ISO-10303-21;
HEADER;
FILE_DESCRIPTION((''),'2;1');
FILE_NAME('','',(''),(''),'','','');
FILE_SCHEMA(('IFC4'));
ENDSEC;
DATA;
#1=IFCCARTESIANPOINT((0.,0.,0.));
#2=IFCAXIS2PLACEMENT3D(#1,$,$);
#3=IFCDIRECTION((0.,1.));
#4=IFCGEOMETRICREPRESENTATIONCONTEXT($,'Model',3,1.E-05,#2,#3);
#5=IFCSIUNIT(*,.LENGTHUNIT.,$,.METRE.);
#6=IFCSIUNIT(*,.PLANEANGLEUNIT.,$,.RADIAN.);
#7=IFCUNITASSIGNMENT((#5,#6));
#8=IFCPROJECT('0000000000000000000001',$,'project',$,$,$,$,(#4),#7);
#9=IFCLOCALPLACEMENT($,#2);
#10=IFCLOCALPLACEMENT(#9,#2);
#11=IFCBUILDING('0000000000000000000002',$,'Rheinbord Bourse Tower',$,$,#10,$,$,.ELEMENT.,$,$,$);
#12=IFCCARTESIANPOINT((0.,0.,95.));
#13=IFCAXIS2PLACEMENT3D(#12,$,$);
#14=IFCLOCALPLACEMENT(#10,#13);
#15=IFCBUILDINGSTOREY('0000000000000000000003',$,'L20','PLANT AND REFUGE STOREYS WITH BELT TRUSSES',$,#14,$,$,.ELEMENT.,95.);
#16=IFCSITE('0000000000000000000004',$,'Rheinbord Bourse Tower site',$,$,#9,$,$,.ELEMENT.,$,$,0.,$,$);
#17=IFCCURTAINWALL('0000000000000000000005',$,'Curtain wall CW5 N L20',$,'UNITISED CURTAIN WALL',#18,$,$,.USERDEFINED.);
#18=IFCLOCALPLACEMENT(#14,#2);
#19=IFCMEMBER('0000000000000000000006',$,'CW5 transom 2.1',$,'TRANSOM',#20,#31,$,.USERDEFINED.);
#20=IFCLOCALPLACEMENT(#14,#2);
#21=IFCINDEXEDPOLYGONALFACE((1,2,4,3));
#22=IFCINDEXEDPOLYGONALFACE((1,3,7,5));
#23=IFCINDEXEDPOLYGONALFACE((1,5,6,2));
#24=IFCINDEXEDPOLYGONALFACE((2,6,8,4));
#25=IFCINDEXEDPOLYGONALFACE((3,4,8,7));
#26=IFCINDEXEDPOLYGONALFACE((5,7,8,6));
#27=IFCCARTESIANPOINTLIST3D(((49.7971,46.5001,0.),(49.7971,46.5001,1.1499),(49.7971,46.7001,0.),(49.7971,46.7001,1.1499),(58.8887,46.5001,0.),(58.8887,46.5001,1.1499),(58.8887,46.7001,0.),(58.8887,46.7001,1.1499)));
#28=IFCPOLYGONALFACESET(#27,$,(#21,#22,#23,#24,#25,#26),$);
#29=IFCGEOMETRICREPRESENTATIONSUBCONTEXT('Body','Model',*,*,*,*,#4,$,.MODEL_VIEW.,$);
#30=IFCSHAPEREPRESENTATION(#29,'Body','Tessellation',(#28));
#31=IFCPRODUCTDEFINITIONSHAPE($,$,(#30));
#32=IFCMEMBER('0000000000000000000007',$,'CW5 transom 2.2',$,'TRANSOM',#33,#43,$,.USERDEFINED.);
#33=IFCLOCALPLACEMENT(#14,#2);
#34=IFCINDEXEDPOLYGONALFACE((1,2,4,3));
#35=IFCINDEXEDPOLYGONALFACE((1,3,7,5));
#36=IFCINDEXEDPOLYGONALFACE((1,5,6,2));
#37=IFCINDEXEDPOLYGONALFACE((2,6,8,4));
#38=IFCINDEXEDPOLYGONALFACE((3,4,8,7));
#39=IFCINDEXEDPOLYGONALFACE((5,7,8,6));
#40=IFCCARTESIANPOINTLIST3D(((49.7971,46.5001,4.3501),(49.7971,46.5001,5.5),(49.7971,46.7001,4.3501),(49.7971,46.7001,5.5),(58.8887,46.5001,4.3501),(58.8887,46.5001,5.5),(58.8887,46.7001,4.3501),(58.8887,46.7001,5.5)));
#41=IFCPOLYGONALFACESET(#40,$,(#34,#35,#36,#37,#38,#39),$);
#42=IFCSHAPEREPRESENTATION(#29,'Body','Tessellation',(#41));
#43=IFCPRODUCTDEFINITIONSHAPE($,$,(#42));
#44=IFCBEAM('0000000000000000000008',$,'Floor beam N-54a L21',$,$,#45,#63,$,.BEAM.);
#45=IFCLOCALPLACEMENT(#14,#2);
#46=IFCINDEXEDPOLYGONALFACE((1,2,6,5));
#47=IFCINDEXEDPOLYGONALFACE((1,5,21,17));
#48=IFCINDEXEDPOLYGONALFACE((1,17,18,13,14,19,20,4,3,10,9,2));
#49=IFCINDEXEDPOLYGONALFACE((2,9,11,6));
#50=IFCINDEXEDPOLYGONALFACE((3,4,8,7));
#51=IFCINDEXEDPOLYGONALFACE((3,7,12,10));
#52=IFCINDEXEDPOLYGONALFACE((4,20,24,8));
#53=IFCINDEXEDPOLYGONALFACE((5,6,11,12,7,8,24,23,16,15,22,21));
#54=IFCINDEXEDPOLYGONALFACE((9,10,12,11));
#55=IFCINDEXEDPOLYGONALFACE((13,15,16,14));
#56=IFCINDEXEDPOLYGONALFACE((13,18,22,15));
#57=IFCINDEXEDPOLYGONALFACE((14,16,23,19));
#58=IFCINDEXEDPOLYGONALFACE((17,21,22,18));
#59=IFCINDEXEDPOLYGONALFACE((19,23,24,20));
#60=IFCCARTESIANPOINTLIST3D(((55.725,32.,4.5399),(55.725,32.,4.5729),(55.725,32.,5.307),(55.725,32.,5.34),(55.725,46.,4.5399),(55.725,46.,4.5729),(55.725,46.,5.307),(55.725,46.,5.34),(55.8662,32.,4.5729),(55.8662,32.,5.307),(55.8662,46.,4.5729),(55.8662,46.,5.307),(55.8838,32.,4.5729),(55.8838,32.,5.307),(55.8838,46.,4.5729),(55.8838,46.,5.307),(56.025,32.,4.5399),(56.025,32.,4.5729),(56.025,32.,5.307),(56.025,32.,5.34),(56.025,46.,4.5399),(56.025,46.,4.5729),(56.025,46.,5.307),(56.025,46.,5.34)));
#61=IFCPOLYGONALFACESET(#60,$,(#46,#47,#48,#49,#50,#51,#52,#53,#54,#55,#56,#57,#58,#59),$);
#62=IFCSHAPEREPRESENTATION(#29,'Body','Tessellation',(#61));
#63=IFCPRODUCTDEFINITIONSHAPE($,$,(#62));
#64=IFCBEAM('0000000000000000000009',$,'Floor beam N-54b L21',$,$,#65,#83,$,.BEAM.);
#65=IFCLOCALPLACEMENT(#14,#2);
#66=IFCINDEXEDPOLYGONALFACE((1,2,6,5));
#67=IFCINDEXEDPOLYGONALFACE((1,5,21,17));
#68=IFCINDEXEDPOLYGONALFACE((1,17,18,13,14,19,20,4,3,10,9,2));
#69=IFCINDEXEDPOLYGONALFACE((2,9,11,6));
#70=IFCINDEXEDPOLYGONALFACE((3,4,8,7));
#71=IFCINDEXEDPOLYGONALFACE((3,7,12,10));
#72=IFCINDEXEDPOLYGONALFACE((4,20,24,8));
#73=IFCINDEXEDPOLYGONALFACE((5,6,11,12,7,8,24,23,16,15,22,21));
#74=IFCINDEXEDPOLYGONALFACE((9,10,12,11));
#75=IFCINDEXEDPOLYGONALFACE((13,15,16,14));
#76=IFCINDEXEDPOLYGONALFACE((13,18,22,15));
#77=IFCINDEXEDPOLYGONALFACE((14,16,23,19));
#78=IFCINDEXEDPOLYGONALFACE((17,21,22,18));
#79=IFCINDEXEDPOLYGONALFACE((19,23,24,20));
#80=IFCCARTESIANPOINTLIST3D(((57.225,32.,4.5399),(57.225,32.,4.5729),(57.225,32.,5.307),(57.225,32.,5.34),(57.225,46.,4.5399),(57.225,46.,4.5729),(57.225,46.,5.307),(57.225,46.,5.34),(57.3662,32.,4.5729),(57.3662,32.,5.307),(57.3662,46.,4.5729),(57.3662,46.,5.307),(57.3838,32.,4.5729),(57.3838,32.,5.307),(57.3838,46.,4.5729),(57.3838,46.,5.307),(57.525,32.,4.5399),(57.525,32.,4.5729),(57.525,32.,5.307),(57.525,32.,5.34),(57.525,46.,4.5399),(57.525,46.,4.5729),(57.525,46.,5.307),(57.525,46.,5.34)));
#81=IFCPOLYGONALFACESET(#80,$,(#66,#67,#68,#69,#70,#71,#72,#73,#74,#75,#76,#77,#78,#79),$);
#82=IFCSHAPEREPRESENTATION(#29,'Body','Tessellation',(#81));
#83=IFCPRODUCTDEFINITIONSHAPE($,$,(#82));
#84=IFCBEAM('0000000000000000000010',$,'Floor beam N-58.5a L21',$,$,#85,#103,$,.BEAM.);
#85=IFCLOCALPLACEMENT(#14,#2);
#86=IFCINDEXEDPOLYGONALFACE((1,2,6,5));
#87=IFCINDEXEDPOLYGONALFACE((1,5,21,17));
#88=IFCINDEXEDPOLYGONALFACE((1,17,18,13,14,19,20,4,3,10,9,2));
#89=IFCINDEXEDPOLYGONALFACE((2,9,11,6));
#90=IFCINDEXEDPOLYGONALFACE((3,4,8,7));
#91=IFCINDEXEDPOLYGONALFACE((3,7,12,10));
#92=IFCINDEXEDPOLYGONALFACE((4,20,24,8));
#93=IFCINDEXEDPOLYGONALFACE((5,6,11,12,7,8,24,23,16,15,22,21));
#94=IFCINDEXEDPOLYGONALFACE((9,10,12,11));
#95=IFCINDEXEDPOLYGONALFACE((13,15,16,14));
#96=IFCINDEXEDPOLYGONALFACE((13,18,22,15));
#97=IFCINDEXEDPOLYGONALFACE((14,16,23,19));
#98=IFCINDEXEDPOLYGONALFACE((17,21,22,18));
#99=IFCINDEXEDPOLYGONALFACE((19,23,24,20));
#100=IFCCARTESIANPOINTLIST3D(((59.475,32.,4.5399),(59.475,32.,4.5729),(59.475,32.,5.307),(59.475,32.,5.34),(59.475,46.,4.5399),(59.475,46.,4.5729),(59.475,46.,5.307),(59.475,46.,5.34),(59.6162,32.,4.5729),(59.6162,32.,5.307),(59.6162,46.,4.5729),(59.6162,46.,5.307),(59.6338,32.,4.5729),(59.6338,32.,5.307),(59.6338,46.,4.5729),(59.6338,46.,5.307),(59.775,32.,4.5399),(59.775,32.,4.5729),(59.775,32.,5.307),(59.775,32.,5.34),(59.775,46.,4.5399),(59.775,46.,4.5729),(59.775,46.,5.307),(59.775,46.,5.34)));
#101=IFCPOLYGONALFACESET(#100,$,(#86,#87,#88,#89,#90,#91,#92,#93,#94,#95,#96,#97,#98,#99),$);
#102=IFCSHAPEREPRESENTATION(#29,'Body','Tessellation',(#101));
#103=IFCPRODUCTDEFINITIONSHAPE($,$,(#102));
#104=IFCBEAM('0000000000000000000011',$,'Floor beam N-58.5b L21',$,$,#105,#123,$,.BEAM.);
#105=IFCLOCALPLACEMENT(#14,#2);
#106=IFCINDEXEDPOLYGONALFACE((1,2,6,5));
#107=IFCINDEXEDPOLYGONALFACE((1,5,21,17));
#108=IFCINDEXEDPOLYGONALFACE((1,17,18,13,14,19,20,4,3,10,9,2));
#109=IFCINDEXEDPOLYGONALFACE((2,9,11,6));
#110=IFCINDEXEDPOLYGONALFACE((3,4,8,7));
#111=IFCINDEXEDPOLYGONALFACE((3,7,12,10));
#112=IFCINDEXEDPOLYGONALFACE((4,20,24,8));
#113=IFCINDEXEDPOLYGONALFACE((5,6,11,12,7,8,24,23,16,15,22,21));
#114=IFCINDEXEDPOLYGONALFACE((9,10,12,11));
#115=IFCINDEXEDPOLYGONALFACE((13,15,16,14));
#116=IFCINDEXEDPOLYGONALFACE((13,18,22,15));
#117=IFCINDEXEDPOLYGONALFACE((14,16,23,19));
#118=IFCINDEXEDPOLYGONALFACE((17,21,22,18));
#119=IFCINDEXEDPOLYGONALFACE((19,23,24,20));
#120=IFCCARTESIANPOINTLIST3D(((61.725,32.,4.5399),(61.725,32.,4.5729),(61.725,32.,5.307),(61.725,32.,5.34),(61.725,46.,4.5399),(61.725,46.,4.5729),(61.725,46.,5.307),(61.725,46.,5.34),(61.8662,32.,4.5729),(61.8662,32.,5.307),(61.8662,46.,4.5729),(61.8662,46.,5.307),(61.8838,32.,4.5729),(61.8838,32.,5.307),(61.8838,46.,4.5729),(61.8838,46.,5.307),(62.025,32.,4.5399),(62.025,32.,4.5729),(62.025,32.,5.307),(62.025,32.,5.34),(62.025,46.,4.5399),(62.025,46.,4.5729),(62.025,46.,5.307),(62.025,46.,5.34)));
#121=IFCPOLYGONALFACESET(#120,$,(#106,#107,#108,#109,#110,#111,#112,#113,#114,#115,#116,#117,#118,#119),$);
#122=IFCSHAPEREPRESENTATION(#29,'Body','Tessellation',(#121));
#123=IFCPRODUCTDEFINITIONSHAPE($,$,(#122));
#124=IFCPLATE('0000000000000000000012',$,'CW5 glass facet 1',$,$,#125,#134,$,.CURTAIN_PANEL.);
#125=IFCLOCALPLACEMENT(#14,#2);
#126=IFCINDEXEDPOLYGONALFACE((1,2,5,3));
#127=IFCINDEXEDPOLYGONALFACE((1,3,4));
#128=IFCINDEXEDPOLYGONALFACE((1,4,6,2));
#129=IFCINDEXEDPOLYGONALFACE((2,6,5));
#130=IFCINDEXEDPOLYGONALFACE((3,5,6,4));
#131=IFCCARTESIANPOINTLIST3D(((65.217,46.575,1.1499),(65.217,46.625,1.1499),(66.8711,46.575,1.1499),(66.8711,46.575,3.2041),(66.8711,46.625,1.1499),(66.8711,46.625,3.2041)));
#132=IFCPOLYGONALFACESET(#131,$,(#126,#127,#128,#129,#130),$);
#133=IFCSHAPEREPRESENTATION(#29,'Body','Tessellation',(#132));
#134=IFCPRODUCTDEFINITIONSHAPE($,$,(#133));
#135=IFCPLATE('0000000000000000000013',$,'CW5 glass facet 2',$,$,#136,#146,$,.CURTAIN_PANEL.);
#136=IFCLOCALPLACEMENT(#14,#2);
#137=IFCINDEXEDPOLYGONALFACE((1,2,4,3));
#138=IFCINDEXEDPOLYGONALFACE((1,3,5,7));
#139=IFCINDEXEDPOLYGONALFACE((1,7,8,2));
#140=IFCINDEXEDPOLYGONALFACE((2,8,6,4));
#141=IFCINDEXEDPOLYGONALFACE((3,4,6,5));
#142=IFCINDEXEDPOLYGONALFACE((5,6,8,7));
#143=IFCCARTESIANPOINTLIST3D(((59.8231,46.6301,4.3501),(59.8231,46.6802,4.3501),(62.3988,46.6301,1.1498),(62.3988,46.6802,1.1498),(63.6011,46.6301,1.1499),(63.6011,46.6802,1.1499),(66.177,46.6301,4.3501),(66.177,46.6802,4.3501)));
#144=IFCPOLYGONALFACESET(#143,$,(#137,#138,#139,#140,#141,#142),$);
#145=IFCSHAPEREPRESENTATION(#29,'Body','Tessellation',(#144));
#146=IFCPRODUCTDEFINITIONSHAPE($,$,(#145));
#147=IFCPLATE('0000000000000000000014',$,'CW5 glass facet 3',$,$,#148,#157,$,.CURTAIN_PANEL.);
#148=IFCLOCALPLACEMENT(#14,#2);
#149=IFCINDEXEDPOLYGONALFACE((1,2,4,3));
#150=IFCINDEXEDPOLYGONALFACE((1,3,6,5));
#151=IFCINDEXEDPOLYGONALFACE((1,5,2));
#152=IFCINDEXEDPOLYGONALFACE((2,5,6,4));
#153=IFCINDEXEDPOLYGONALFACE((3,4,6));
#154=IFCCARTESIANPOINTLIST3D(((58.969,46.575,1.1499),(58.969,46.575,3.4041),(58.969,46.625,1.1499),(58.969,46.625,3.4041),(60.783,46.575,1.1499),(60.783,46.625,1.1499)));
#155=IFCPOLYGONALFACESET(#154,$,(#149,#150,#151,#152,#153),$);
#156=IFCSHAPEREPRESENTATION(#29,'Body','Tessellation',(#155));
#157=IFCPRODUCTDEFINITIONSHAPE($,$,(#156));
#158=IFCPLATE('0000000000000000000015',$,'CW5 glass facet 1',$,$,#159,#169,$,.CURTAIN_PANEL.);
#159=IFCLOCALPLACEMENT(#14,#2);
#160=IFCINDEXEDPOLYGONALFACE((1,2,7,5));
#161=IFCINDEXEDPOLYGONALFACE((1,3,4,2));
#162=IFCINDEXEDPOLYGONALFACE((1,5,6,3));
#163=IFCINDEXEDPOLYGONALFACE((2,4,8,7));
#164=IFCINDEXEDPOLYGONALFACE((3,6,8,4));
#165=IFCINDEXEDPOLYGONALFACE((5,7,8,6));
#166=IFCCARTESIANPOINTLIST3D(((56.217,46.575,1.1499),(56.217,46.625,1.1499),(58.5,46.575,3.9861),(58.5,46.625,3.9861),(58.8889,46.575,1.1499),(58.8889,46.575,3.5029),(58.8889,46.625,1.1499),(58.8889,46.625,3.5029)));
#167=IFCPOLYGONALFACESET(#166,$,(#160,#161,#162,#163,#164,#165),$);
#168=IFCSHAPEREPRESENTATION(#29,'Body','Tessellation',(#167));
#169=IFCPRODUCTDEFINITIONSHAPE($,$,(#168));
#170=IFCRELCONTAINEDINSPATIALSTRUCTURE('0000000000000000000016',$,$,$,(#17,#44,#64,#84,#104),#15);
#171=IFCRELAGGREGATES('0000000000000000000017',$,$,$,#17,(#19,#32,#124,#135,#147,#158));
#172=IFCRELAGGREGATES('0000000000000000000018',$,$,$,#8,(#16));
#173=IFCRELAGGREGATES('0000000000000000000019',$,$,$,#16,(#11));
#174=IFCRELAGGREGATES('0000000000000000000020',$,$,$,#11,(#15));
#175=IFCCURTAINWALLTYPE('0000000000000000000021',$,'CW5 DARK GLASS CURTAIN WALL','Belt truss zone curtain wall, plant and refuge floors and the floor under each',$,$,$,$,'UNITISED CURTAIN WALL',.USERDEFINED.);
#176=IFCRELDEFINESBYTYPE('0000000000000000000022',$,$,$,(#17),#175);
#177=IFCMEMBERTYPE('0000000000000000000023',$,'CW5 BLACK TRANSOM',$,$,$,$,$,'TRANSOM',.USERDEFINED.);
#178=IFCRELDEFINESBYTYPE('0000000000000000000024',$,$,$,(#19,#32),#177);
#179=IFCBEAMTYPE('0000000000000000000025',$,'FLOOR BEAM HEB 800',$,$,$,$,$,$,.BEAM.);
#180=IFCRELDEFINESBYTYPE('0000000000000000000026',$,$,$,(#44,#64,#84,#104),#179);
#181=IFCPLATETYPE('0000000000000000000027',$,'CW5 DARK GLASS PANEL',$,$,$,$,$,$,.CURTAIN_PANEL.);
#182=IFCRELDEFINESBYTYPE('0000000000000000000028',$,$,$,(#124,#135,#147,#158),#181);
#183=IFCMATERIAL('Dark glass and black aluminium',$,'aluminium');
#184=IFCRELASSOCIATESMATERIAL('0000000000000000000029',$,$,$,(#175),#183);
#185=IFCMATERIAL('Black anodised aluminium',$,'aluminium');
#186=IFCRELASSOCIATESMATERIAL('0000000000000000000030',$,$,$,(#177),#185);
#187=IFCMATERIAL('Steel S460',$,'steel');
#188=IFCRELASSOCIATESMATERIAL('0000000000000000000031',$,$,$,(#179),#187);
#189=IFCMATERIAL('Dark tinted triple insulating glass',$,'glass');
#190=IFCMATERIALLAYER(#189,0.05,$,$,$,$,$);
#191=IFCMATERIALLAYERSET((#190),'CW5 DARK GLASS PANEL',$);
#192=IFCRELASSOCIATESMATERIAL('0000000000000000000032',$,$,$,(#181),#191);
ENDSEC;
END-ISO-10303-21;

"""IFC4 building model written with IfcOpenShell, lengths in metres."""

from ifc_helpers import new_model, si_unit, direction, frame, origin, origin_2d, place, context, subcontext, project, spatial, polyline, rectangle, i_section, outline, extrude, material, layer, layer_set, material_profile, profile_set, type_object, element, aggregate, save


model = new_model("IFC4")

# Units and contexts
model_context = context("Model", 3, precision=1e-05, world=origin(), true_north=direction((0.0, 1.0)))
body_context = subcontext(model_context, "Body", "Model", "MODEL_VIEW")
ifc_project = project(units=[si_unit("LENGTHUNIT", "METRE"), si_unit("PLANEANGLEUNIT", "RADIAN")], contexts=[model_context])

# Site, building, storey
site_placement = place(None, origin())
site = spatial("IfcSite", under=ifc_project, at=site_placement, Name="Rheinbord Bourse Tower site", CompositionType="ELEMENT", RefElevation=0.0)
building_placement = place(site_placement, origin())
building = spatial("IfcBuilding", under=site, at=building_placement, Name="Rheinbord Bourse Tower", CompositionType="ELEMENT")
storey_placement = place(building_placement, frame((0.0, 0.0, 95.0)))
storey = spatial("IfcBuildingStorey", under=building, at=storey_placement, Name="L20", Description="PLANT AND REFUGE STOREYS WITH BELT TRUSSES", CompositionType="ELEMENT", Elevation=95.0)

# Curtain wall, members
ifc_material_1 = material(Name="Dark glass and black aluminium", Category="aluminium")
curtain_wall_type = type_object("IfcCurtainWallType", Name="CW5 DARK GLASS CURTAIN WALL", Description="Belt truss zone curtain wall, plant and refuge floors and the floor under each", ElementType="UNITISED CURTAIN WALL", PredefinedType="USERDEFINED", material=ifc_material_1)
curtain_wall_placement = place(storey_placement, origin())
curtain_wall = element("IfcCurtainWall", 1, at=curtain_wall_placement, inside=storey, type_object=curtain_wall_type, Name="Curtain wall CW5 N L20", ObjectType="UNITISED CURTAIN WALL", PredefinedType="USERDEFINED")
ifc_material_2 = material(Name="Black anodised aluminium", Category="aluminium")
ifc_material_profile_1 = material_profile(ifc_material_2, rectangle(XDim=0.2, YDim=1.1499, at=origin_2d()), Name="CW5 TRANSOM 1150x200")
ifc_profile_set_1 = profile_set([ifc_material_profile_1], Name="Black anodised aluminium")
member_type_1 = type_object("IfcMemberType", Name="CW5 BLACK TRANSOM", ElementType="TRANSOM", PredefinedType="USERDEFINED", material=ifc_profile_set_1)
member_1_placement = place(storey_placement, frame((58.8887, 46.6001, 0.575), z_axis=(-1.0, 0.0, 0.0), x_axis=(0.0, -1.0, 0.0)))
member_1 = element("IfcMember", 2, at=member_1_placement, type_object=member_type_1, Name="CW5 transom 2.1", ObjectType="TRANSOM", PredefinedType="USERDEFINED", context=body_context, shape_type="SweptSolid", body=[
    extrude(rectangle(XDim=0.2, YDim=1.1499, at=origin_2d()), origin(), (0.0, 0.0, 1.0), 9.0916),
])
member_2_placement = place(storey_placement, frame((58.8887, 46.6001, 4.925), z_axis=(-1.0, 0.0, 0.0), x_axis=(0.0, -1.0, 0.0)))
member_2 = element("IfcMember", 3, at=member_2_placement, type_object=member_type_1, Name="CW5 transom 2.2", ObjectType="TRANSOM", PredefinedType="USERDEFINED", context=body_context, shape_type="SweptSolid", body=[
    extrude(rectangle(XDim=0.2, YDim=1.1499, at=origin_2d()), origin(), (0.0, 0.0, 1.0), 9.0916),
])

# Beams
ifc_material_3 = material(Name="Steel S460", Category="steel")
ifc_material_profile_2 = material_profile(ifc_material_3, i_section(OverallWidth=0.3, OverallDepth=0.8, WebThickness=0.0176, FlangeThickness=0.033, at=origin_2d()), Name="HEB 800")
ifc_profile_set_2 = profile_set([ifc_material_profile_2], Name="Steel S460")
beam_type_1 = type_object("IfcBeamType", Name="FLOOR BEAM HEB 800", PredefinedType="BEAM", material=ifc_profile_set_2)
for number, where, z_axis, x_axis, name in (
    (4, (55.875, 46.0, 4.9399), (0.0, -1.0, 0.0), (1.0, 0.0, 0.0), "Floor beam N-54a L21"),
    (5, (57.375, 46.0, 4.9399), (0.0, -1.0, 0.0), (1.0, 0.0, 0.0), "Floor beam N-54b L21"),
    (6, (59.625, 46.0, 4.9399), (0.0, -1.0, 0.0), (1.0, 0.0, 0.0), "Floor beam N-58.5a L21"),
    (7, (61.875, 46.0, 4.9399), (0.0, -1.0, 0.0), (1.0, 0.0, 0.0), "Floor beam N-58.5b L21"),
):
    element("IfcBeam", number, at=place(storey_placement, frame(where, z_axis=z_axis, x_axis=x_axis)), inside=storey, type_object=beam_type_1, Name=name, PredefinedType="BEAM", context=body_context, shape_type="SweptSolid", body=[
        extrude(i_section(OverallWidth=0.3, OverallDepth=0.8, WebThickness=0.0176, FlangeThickness=0.033, at=origin_2d()), origin(), (0.0, 0.0, 1.0), 14.0),
    ])

# Plates
ifc_material_4 = material(Name="Dark tinted triple insulating glass", Category="glass")
ifc_layer = layer(ifc_material_4, 0.05)
ifc_layer_set = layer_set([ifc_layer], Name="CW5 DARK GLASS PANEL")
plate_type = type_object("IfcPlateType", Name="CW5 DARK GLASS PANEL", PredefinedType="CURTAIN_PANEL", material=ifc_layer_set)
plate_1_placement = place(storey_placement, frame((66.8711, 46.625, 1.1499), z_axis=(0.0, -1.0, 0.0), x_axis=(0.0, 0.0, 1.0)))
plate_1 = element("IfcPlate", 8, at=plate_1_placement, type_object=plate_type, Name="CW5 glass facet 1", PredefinedType="CURTAIN_PANEL", context=body_context, shape_type="SweptSolid", body=[
    extrude(outline(polyline([(0.0, 0.0), (2.0542, 0.0), (0.0, 1.6541), (0.0, 0.0)])), origin(), (0.0, 0.0, 1.0), 0.05),
])
plate_2_placement = place(storey_placement, frame((63.6011, 46.6802, 1.1499), z_axis=(0.0, -1.0, 0.0), x_axis=(0.627033, 0.0, 0.778993)))
plate_2 = element("IfcPlate", 9, at=plate_2_placement, type_object=plate_type, Name="CW5 glass facet 2", PredefinedType="CURTAIN_PANEL", context=body_context, shape_type="SweptSolid", body=[
    extrude(outline(polyline([(0.0, 0.0), (4.1082, 0.0), (0.124, 4.9497), (-0.7539, 0.9365), (0.0, 0.0)])), origin(), (0.0, 0.0, 1.0), 0.05),
])
plate_3_placement = place(storey_placement, frame((58.969, 46.625, 1.1499), z_axis=(0.0, -1.0, 0.0), x_axis=(1.0, 0.0, 0.0)))
plate_3 = element("IfcPlate", 10, at=plate_3_placement, type_object=plate_type, Name="CW5 glass facet 3", PredefinedType="CURTAIN_PANEL", context=body_context, shape_type="SweptSolid", body=[
    extrude(outline(polyline([(0.0, 0.0), (1.814, 0.0), (0.0, 2.2542), (0.0, 0.0)])), origin(), (0.0, 0.0, 1.0), 0.05),
])
plate_4_placement = place(storey_placement, frame((58.8889, 46.625, 1.1499), z_axis=(0.0, -1.0, 0.0), x_axis=(0.0, 0.0, 1.0)))
plate_4 = element("IfcPlate", 11, at=plate_4_placement, type_object=plate_type, Name="CW5 glass facet 1", PredefinedType="CURTAIN_PANEL", context=body_context, shape_type="SweptSolid", body=[
    extrude(outline(polyline([(0.0, 0.0), (2.353, 0.0), (2.8362, 0.3889), (0.0, 2.6719), (0.0, 0.0)])), origin(), (0.0, 0.0, 1.0), 0.05),
])
aggregate(curtain_wall, [member_1, member_2, plate_1, plate_2, plate_3, plate_4])

save(model, "model.ifc")
